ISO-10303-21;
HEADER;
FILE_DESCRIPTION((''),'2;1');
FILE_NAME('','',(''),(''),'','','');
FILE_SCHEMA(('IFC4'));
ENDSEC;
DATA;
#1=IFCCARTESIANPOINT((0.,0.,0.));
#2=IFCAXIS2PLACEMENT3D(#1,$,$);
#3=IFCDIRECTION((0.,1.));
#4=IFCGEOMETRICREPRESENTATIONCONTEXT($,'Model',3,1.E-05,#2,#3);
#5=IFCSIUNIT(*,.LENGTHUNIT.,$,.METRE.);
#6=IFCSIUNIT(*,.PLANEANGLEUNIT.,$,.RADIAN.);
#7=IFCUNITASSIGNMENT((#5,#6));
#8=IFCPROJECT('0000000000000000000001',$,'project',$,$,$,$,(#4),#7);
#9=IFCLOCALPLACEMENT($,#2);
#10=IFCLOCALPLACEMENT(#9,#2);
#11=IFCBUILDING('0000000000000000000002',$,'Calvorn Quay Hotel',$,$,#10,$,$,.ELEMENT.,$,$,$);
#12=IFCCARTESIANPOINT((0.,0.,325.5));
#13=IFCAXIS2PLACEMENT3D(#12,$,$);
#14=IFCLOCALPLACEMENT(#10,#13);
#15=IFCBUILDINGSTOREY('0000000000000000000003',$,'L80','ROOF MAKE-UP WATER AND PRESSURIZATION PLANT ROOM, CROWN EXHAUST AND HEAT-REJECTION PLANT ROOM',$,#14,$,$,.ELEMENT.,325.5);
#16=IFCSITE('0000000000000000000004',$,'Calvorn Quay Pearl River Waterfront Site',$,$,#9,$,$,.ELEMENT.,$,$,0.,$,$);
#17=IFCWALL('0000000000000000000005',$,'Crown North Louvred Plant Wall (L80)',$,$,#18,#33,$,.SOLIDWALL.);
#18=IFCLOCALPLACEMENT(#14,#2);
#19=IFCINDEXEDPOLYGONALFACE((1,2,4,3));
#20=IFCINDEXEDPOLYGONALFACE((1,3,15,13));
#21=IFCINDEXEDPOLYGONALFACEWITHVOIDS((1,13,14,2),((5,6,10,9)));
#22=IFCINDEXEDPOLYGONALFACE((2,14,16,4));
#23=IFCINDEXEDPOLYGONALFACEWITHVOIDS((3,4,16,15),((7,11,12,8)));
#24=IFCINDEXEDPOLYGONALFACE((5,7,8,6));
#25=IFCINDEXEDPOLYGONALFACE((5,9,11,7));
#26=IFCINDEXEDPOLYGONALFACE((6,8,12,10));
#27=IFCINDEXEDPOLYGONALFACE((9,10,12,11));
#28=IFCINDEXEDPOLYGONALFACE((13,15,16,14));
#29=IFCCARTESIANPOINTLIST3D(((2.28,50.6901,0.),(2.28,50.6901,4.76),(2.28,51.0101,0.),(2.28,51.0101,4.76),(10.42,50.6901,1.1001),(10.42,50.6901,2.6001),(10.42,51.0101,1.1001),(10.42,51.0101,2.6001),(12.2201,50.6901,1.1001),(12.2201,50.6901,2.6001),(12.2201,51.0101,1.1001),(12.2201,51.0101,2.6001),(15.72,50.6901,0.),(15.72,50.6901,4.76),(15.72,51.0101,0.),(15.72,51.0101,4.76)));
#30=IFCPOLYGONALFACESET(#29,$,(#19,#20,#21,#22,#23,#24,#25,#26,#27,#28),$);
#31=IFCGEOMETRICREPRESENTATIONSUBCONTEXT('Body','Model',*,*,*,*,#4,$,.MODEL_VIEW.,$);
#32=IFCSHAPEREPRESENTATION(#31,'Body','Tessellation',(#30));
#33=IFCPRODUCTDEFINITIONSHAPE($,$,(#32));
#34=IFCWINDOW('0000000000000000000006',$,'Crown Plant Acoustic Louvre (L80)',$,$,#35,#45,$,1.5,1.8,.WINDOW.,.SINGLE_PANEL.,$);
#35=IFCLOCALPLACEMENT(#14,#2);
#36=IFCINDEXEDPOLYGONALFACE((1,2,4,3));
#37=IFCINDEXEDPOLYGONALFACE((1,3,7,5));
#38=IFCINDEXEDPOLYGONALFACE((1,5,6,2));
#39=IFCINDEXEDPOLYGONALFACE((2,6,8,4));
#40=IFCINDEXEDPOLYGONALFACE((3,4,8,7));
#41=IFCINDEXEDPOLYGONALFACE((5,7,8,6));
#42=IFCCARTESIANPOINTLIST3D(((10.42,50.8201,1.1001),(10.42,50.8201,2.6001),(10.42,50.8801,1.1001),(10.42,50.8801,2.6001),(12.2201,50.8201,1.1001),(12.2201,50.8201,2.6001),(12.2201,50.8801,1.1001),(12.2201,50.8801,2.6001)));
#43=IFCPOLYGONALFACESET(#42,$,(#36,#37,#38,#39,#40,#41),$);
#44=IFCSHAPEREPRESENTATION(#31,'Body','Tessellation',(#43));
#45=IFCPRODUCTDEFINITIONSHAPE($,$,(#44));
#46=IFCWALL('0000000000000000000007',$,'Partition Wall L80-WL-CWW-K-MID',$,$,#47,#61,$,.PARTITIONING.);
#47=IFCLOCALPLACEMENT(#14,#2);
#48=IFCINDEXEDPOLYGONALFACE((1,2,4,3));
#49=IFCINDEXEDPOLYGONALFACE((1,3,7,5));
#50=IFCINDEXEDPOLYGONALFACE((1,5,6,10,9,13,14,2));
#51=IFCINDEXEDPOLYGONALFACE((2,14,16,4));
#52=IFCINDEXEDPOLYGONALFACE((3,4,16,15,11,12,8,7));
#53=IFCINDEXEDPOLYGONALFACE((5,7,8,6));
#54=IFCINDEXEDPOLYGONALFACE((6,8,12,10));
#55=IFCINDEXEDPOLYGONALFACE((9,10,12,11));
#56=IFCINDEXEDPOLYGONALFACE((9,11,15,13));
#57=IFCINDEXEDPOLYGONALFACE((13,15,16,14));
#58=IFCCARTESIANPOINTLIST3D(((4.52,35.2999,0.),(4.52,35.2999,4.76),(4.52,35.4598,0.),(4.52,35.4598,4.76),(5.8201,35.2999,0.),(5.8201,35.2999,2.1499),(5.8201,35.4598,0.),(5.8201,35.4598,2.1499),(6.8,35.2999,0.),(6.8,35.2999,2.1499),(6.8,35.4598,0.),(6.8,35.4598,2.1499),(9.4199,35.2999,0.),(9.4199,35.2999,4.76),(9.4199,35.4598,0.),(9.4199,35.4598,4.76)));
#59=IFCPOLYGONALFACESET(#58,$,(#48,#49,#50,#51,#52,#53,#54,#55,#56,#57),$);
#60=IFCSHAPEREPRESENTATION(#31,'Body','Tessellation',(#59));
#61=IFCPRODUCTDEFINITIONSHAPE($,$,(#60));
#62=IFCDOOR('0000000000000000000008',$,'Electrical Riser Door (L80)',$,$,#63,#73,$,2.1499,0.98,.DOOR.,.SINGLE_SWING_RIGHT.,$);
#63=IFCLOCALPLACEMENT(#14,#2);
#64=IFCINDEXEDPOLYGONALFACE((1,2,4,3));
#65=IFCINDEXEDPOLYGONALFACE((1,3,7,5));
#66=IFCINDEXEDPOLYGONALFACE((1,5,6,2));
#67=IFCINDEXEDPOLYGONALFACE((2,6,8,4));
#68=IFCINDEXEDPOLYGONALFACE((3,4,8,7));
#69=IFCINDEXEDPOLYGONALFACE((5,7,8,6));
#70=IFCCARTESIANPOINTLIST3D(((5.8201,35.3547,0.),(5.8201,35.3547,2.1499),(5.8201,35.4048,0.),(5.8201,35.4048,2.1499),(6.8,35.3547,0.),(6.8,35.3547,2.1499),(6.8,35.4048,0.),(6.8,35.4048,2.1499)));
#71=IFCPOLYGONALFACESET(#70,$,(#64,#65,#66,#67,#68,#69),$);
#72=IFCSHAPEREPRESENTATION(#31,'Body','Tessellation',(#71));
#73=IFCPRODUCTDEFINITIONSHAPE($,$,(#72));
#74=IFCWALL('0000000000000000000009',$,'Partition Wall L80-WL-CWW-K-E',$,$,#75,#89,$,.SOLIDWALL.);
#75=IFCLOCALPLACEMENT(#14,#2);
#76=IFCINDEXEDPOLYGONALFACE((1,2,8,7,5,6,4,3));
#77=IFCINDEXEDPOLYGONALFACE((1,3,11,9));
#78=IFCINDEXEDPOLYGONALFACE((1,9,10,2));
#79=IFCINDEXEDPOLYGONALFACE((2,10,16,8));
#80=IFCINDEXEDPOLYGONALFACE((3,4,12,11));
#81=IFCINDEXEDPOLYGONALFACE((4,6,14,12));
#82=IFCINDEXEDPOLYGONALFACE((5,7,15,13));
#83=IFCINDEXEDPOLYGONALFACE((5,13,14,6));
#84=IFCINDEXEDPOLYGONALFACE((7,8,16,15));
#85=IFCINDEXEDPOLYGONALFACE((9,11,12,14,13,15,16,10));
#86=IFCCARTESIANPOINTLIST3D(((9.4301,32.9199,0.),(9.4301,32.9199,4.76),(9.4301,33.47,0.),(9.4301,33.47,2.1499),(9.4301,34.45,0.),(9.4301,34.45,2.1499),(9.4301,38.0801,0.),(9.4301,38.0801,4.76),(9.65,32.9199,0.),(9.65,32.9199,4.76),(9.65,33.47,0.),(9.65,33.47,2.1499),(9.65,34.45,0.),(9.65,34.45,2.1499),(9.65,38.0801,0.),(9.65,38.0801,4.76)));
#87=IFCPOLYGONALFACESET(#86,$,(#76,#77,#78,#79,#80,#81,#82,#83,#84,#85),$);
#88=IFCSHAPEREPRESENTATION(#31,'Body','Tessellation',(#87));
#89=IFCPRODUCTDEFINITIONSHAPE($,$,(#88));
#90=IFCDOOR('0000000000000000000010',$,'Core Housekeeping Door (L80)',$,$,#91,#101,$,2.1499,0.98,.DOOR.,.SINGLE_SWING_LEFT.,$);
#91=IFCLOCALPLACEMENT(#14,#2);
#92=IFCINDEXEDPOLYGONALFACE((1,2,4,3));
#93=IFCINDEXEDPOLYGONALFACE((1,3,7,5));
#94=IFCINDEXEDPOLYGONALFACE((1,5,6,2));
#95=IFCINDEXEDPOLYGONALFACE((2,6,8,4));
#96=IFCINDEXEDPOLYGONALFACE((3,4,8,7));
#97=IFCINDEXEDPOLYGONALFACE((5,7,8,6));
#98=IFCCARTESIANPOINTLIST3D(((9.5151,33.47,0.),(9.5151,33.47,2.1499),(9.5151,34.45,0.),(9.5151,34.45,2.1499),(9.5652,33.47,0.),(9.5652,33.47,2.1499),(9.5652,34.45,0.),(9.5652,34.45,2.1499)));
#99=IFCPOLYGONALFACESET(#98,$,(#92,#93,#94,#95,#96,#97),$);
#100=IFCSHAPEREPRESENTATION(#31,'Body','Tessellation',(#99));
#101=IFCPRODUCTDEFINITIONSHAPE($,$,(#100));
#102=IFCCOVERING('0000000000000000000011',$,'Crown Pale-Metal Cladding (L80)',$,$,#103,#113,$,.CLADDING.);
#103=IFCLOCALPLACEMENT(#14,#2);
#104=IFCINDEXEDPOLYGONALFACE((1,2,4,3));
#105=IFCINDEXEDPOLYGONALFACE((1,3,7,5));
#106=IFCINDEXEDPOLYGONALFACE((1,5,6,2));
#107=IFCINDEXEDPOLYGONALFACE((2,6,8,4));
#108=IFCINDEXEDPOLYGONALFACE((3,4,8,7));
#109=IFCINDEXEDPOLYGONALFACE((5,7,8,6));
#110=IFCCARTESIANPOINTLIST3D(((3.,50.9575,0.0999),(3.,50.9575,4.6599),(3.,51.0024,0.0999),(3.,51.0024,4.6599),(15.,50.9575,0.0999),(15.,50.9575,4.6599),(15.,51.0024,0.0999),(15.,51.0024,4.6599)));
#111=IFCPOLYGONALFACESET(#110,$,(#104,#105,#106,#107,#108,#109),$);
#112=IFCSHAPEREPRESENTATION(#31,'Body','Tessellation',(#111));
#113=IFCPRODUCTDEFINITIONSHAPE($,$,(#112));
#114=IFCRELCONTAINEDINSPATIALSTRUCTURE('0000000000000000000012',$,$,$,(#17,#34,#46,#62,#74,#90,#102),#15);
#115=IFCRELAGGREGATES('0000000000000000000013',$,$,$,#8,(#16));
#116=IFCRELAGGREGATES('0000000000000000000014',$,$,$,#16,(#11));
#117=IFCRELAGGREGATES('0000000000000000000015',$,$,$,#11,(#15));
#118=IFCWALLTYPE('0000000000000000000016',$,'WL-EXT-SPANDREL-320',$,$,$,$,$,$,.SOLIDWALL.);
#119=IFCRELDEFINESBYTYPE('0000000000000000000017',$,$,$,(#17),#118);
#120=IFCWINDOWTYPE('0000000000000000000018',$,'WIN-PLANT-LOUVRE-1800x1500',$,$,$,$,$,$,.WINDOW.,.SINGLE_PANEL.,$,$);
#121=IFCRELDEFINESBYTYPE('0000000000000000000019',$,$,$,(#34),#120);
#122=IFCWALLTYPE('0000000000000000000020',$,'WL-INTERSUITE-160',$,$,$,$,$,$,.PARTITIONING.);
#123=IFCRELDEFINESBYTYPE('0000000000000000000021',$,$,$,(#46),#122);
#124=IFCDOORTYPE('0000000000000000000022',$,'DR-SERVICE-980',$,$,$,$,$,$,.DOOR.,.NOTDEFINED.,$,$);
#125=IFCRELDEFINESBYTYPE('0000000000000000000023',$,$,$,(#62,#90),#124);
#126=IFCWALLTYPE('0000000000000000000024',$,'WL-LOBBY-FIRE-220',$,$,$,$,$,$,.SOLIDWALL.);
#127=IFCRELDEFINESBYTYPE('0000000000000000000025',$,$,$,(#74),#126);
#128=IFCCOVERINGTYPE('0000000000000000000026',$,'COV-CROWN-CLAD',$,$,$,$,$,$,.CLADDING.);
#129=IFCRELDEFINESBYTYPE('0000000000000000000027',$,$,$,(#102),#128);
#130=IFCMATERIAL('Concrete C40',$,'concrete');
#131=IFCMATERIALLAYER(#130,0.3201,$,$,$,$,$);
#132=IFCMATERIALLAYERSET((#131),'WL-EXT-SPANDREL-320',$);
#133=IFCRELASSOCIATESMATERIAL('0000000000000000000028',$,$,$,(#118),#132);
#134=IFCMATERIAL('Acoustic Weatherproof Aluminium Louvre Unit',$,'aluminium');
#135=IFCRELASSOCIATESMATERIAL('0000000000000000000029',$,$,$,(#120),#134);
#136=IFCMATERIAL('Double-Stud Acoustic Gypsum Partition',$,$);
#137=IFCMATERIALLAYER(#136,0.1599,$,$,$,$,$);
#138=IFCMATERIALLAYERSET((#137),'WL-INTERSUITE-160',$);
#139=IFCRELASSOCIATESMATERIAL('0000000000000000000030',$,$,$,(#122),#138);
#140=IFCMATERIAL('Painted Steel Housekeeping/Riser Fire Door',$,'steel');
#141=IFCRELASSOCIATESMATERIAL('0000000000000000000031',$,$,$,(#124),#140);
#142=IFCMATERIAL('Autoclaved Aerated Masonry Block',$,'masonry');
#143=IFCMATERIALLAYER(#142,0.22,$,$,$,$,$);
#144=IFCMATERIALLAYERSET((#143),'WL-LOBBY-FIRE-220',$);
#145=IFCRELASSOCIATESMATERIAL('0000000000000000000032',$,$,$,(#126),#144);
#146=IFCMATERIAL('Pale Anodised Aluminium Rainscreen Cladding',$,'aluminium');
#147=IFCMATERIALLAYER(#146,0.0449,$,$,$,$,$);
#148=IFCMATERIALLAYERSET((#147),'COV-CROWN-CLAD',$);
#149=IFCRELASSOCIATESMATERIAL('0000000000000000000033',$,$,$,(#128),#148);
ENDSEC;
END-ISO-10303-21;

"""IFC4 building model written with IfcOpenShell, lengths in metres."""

from ifc_helpers import new_model, si_unit, direction, frame, frame_2d, origin, origin_2d, place, context, subcontext, project, spatial, rectangle, extrude, material, layer, layer_set, type_object, element, fill, save


model = new_model("IFC4")

# Units and contexts
model_context = context("Model", 3, precision=1e-05, world=origin(), true_north=direction((0.0, 1.0)))
body_context = subcontext(model_context, "Body", "Model", "MODEL_VIEW")
ifc_project = project(units=[si_unit("LENGTHUNIT", "METRE"), si_unit("PLANEANGLEUNIT", "RADIAN")], contexts=[model_context])

# Site, building, storey
site_placement = place(None, origin())
site = spatial("IfcSite", under=ifc_project, at=site_placement, Name="Calvorn Quay Pearl River Waterfront Site", CompositionType="ELEMENT", RefElevation=0.0)
building_placement = place(site_placement, origin())
building = spatial("IfcBuilding", under=site, at=building_placement, Name="Calvorn Quay Hotel", CompositionType="ELEMENT")
storey_placement = place(building_placement, frame((0.0, 0.0, 325.5)))
storey = spatial("IfcBuildingStorey", under=building, at=storey_placement, Name="L80", Description="ROOF MAKE-UP WATER AND PRESSURIZATION PLANT ROOM, CROWN EXHAUST AND HEAT-REJECTION PLANT ROOM", CompositionType="ELEMENT", Elevation=325.5)

# Shared definitions
ifc_material_1 = material(Name="Concrete C40", Category="concrete")
ifc_layer_1 = layer(ifc_material_1, 0.3201)
ifc_layer_set_1 = layer_set([ifc_layer_1], Name="WL-EXT-SPANDREL-320")
wall_type_1 = type_object("IfcWallType", Name="WL-EXT-SPANDREL-320", PredefinedType="SOLIDWALL", material=ifc_layer_set_1)

# Wall, opening, window
wall_1_placement = place(storey_placement, frame((15.72, 50.8501, 0.0), z_axis=(0.0, 0.0, 1.0), x_axis=(-1.0, 0.0, 0.0)))
wall_1 = element("IfcWall", 1, at=wall_1_placement, inside=storey, type_object=wall_type_1, Name="Crown North Louvred Plant Wall (L80)", PredefinedType="SOLIDWALL", context=body_context, shape_type="SweptSolid", body=[
    extrude(rectangle(XDim=13.4399, YDim=0.3201, at=frame_2d((6.72, 0.0))), origin(), (0.0, 0.0, 1.0), 4.76),
])
opening_1_placement = place(wall_1_placement, frame((3.5, 0.0, 1.1001)))
opening_1 = element("IfcOpeningElement", 2, at=opening_1_placement, cuts=wall_1, PredefinedType="OPENING", context=body_context, shape_type="SweptSolid", body=[
    extrude(rectangle(XDim=1.8, YDim=1.5, at=frame_2d((0.8999, 0.75))), frame((0.0, 0.1699, 0.0), z_axis=(0.0, -1.0, 0.0), x_axis=(1.0, 0.0, 0.0)), (0.0, 0.0, 1.0), 0.3401),
])
ifc_material_2 = material(Name="Acoustic Weatherproof Aluminium Louvre Unit", Category="aluminium")
window_type = type_object("IfcWindowType", Name="WIN-PLANT-LOUVRE-1800x1500", PartitioningType="SINGLE_PANEL", PredefinedType="WINDOW", material=ifc_material_2)
window_placement = place(opening_1_placement, origin())
window = element("IfcWindow", 3, at=window_placement, inside=storey, type_object=window_type, Name="Crown Plant Acoustic Louvre (L80)", OverallHeight=1.5, OverallWidth=1.8, PartitioningType="SINGLE_PANEL", PredefinedType="WINDOW", context=body_context, shape_type="SweptSolid", body=[
    extrude(rectangle(XDim=1.8, YDim=1.5, at=frame_2d((0.8999, 0.75))), frame((0.0, 0.03, 0.0), z_axis=(0.0, -1.0, 0.0), x_axis=(1.0, 0.0, 0.0)), (0.0, 0.0, 1.0), 0.0601),
])
fill(opening_1, window)

# Walls, openings, doors
ifc_material_3 = material(Name="Double-Stud Acoustic Gypsum Partition")
ifc_layer_2 = layer(ifc_material_3, 0.1599)
ifc_layer_set_2 = layer_set([ifc_layer_2], Name="WL-INTERSUITE-160")
wall_type_2 = type_object("IfcWallType", Name="WL-INTERSUITE-160", PredefinedType="PARTITIONING", material=ifc_layer_set_2)
wall_2_placement = place(storey_placement, frame((4.52, 35.3799, 0.0), z_axis=(0.0, 0.0, 1.0), x_axis=(1.0, 0.0, 0.0)))
wall_2 = element("IfcWall", 4, at=wall_2_placement, inside=storey, type_object=wall_type_2, Name="Partition Wall L80-WL-CWW-K-MID", PredefinedType="PARTITIONING", context=body_context, shape_type="SweptSolid", body=[
    extrude(rectangle(XDim=4.8999, YDim=0.1599, at=frame_2d((2.45, 0.0))), origin(), (0.0, 0.0, 1.0), 4.76),
])
opening_2_placement = place(wall_2_placement, frame((1.3, 0.0, 0.0)))
opening_2 = element("IfcOpeningElement", 5, at=opening_2_placement, cuts=wall_2, PredefinedType="OPENING", context=body_context, shape_type="SweptSolid", body=[
    extrude(rectangle(XDim=0.98, YDim=2.1499, at=frame_2d((0.49, 1.075))), frame((0.0, 0.0898, 0.0), z_axis=(0.0, -1.0, 0.0), x_axis=(1.0, 0.0, 0.0)), (0.0, 0.0, 1.0), 0.1799),
])
ifc_material_4 = material(Name="Painted Steel Housekeeping/Riser Fire Door", Category="steel")
door_type = type_object("IfcDoorType", Name="DR-SERVICE-980", OperationType="NOTDEFINED", PredefinedType="DOOR", material=ifc_material_4)
door_1_placement = place(opening_2_placement, origin())
door_1 = element("IfcDoor", 6, at=door_1_placement, inside=storey, type_object=door_type, Name="Electrical Riser Door (L80)", OperationType="SINGLE_SWING_RIGHT", OverallHeight=2.1499, OverallWidth=0.98, PredefinedType="DOOR", context=body_context, shape_type="SweptSolid", body=[
    extrude(rectangle(XDim=0.98, YDim=2.1499, at=frame_2d((0.49, 1.075))), frame((0.0, 0.0249, 0.0), z_axis=(0.0, -1.0, 0.0), x_axis=(1.0, 0.0, 0.0)), (0.0, 0.0, 1.0), 0.05),
])
fill(opening_2, door_1)
ifc_material_5 = material(Name="Autoclaved Aerated Masonry Block", Category="masonry")
ifc_layer_3 = layer(ifc_material_5, 0.22)
ifc_layer_set_3 = layer_set([ifc_layer_3], Name="WL-LOBBY-FIRE-220")
wall_type_3 = type_object("IfcWallType", Name="WL-LOBBY-FIRE-220", PredefinedType="SOLIDWALL", material=ifc_layer_set_3)
wall_3_placement = place(storey_placement, frame((9.54, 32.9199, 0.0), z_axis=(0.0, 0.0, 1.0), x_axis=(0.0, 1.0, 0.0)))
wall_3 = element("IfcWall", 7, at=wall_3_placement, inside=storey, type_object=wall_type_3, Name="Partition Wall L80-WL-CWW-K-E", PredefinedType="SOLIDWALL", context=body_context, shape_type="SweptSolid", body=[
    extrude(rectangle(XDim=5.1602, YDim=0.22, at=frame_2d((2.5801, 0.0))), origin(), (0.0, 0.0, 1.0), 4.76),
])
opening_3_placement = place(wall_3_placement, frame((0.55, 0.0, 0.0)))
opening_3 = element("IfcOpeningElement", 8, at=opening_3_placement, cuts=wall_3, PredefinedType="OPENING", context=body_context, shape_type="SweptSolid", body=[
    extrude(rectangle(XDim=0.98, YDim=2.1499, at=frame_2d((0.49, 1.075))), frame((0.0, 0.1199, 0.0), z_axis=(0.0, -1.0, 0.0), x_axis=(1.0, 0.0, 0.0)), (0.0, 0.0, 1.0), 0.24),
])
door_2_placement = place(opening_3_placement, origin())
door_2 = element("IfcDoor", 9, at=door_2_placement, inside=storey, type_object=door_type, Name="Core Housekeeping Door (L80)", OperationType="SINGLE_SWING_LEFT", OverallHeight=2.1499, OverallWidth=0.98, PredefinedType="DOOR", context=body_context, shape_type="SweptSolid", body=[
    extrude(rectangle(XDim=0.98, YDim=2.1499, at=frame_2d((0.49, 1.075))), frame((0.0, 0.0249, 0.0), z_axis=(0.0, -1.0, 0.0), x_axis=(1.0, 0.0, 0.0)), (0.0, 0.0, 1.0), 0.05),
])
fill(opening_3, door_2)

# Covering
ifc_material_6 = material(Name="Pale Anodised Aluminium Rainscreen Cladding", Category="aluminium")
ifc_layer_4 = layer(ifc_material_6, 0.0449)
ifc_layer_set_4 = layer_set([ifc_layer_4], Name="COV-CROWN-CLAD")
covering_type = type_object("IfcCoveringType", Name="COV-CROWN-CLAD", PredefinedType="CLADDING", material=ifc_layer_set_4)
covering_placement = place(storey_placement, frame((9.0, 50.98, 0.0999), z_axis=(0.0, 0.0, 1.0), x_axis=(1.0, 0.0, 0.0)))
element("IfcCovering", 10, at=covering_placement, inside=storey, type_object=covering_type, Name="Crown Pale-Metal Cladding (L80)", PredefinedType="CLADDING", context=body_context, shape_type="SweptSolid", body=[
    extrude(rectangle(XDim=12.0, YDim=0.0449, at=origin_2d()), origin(), (0.0, 0.0, 1.0), 4.5601),
])

save(model, "model.ifc")
